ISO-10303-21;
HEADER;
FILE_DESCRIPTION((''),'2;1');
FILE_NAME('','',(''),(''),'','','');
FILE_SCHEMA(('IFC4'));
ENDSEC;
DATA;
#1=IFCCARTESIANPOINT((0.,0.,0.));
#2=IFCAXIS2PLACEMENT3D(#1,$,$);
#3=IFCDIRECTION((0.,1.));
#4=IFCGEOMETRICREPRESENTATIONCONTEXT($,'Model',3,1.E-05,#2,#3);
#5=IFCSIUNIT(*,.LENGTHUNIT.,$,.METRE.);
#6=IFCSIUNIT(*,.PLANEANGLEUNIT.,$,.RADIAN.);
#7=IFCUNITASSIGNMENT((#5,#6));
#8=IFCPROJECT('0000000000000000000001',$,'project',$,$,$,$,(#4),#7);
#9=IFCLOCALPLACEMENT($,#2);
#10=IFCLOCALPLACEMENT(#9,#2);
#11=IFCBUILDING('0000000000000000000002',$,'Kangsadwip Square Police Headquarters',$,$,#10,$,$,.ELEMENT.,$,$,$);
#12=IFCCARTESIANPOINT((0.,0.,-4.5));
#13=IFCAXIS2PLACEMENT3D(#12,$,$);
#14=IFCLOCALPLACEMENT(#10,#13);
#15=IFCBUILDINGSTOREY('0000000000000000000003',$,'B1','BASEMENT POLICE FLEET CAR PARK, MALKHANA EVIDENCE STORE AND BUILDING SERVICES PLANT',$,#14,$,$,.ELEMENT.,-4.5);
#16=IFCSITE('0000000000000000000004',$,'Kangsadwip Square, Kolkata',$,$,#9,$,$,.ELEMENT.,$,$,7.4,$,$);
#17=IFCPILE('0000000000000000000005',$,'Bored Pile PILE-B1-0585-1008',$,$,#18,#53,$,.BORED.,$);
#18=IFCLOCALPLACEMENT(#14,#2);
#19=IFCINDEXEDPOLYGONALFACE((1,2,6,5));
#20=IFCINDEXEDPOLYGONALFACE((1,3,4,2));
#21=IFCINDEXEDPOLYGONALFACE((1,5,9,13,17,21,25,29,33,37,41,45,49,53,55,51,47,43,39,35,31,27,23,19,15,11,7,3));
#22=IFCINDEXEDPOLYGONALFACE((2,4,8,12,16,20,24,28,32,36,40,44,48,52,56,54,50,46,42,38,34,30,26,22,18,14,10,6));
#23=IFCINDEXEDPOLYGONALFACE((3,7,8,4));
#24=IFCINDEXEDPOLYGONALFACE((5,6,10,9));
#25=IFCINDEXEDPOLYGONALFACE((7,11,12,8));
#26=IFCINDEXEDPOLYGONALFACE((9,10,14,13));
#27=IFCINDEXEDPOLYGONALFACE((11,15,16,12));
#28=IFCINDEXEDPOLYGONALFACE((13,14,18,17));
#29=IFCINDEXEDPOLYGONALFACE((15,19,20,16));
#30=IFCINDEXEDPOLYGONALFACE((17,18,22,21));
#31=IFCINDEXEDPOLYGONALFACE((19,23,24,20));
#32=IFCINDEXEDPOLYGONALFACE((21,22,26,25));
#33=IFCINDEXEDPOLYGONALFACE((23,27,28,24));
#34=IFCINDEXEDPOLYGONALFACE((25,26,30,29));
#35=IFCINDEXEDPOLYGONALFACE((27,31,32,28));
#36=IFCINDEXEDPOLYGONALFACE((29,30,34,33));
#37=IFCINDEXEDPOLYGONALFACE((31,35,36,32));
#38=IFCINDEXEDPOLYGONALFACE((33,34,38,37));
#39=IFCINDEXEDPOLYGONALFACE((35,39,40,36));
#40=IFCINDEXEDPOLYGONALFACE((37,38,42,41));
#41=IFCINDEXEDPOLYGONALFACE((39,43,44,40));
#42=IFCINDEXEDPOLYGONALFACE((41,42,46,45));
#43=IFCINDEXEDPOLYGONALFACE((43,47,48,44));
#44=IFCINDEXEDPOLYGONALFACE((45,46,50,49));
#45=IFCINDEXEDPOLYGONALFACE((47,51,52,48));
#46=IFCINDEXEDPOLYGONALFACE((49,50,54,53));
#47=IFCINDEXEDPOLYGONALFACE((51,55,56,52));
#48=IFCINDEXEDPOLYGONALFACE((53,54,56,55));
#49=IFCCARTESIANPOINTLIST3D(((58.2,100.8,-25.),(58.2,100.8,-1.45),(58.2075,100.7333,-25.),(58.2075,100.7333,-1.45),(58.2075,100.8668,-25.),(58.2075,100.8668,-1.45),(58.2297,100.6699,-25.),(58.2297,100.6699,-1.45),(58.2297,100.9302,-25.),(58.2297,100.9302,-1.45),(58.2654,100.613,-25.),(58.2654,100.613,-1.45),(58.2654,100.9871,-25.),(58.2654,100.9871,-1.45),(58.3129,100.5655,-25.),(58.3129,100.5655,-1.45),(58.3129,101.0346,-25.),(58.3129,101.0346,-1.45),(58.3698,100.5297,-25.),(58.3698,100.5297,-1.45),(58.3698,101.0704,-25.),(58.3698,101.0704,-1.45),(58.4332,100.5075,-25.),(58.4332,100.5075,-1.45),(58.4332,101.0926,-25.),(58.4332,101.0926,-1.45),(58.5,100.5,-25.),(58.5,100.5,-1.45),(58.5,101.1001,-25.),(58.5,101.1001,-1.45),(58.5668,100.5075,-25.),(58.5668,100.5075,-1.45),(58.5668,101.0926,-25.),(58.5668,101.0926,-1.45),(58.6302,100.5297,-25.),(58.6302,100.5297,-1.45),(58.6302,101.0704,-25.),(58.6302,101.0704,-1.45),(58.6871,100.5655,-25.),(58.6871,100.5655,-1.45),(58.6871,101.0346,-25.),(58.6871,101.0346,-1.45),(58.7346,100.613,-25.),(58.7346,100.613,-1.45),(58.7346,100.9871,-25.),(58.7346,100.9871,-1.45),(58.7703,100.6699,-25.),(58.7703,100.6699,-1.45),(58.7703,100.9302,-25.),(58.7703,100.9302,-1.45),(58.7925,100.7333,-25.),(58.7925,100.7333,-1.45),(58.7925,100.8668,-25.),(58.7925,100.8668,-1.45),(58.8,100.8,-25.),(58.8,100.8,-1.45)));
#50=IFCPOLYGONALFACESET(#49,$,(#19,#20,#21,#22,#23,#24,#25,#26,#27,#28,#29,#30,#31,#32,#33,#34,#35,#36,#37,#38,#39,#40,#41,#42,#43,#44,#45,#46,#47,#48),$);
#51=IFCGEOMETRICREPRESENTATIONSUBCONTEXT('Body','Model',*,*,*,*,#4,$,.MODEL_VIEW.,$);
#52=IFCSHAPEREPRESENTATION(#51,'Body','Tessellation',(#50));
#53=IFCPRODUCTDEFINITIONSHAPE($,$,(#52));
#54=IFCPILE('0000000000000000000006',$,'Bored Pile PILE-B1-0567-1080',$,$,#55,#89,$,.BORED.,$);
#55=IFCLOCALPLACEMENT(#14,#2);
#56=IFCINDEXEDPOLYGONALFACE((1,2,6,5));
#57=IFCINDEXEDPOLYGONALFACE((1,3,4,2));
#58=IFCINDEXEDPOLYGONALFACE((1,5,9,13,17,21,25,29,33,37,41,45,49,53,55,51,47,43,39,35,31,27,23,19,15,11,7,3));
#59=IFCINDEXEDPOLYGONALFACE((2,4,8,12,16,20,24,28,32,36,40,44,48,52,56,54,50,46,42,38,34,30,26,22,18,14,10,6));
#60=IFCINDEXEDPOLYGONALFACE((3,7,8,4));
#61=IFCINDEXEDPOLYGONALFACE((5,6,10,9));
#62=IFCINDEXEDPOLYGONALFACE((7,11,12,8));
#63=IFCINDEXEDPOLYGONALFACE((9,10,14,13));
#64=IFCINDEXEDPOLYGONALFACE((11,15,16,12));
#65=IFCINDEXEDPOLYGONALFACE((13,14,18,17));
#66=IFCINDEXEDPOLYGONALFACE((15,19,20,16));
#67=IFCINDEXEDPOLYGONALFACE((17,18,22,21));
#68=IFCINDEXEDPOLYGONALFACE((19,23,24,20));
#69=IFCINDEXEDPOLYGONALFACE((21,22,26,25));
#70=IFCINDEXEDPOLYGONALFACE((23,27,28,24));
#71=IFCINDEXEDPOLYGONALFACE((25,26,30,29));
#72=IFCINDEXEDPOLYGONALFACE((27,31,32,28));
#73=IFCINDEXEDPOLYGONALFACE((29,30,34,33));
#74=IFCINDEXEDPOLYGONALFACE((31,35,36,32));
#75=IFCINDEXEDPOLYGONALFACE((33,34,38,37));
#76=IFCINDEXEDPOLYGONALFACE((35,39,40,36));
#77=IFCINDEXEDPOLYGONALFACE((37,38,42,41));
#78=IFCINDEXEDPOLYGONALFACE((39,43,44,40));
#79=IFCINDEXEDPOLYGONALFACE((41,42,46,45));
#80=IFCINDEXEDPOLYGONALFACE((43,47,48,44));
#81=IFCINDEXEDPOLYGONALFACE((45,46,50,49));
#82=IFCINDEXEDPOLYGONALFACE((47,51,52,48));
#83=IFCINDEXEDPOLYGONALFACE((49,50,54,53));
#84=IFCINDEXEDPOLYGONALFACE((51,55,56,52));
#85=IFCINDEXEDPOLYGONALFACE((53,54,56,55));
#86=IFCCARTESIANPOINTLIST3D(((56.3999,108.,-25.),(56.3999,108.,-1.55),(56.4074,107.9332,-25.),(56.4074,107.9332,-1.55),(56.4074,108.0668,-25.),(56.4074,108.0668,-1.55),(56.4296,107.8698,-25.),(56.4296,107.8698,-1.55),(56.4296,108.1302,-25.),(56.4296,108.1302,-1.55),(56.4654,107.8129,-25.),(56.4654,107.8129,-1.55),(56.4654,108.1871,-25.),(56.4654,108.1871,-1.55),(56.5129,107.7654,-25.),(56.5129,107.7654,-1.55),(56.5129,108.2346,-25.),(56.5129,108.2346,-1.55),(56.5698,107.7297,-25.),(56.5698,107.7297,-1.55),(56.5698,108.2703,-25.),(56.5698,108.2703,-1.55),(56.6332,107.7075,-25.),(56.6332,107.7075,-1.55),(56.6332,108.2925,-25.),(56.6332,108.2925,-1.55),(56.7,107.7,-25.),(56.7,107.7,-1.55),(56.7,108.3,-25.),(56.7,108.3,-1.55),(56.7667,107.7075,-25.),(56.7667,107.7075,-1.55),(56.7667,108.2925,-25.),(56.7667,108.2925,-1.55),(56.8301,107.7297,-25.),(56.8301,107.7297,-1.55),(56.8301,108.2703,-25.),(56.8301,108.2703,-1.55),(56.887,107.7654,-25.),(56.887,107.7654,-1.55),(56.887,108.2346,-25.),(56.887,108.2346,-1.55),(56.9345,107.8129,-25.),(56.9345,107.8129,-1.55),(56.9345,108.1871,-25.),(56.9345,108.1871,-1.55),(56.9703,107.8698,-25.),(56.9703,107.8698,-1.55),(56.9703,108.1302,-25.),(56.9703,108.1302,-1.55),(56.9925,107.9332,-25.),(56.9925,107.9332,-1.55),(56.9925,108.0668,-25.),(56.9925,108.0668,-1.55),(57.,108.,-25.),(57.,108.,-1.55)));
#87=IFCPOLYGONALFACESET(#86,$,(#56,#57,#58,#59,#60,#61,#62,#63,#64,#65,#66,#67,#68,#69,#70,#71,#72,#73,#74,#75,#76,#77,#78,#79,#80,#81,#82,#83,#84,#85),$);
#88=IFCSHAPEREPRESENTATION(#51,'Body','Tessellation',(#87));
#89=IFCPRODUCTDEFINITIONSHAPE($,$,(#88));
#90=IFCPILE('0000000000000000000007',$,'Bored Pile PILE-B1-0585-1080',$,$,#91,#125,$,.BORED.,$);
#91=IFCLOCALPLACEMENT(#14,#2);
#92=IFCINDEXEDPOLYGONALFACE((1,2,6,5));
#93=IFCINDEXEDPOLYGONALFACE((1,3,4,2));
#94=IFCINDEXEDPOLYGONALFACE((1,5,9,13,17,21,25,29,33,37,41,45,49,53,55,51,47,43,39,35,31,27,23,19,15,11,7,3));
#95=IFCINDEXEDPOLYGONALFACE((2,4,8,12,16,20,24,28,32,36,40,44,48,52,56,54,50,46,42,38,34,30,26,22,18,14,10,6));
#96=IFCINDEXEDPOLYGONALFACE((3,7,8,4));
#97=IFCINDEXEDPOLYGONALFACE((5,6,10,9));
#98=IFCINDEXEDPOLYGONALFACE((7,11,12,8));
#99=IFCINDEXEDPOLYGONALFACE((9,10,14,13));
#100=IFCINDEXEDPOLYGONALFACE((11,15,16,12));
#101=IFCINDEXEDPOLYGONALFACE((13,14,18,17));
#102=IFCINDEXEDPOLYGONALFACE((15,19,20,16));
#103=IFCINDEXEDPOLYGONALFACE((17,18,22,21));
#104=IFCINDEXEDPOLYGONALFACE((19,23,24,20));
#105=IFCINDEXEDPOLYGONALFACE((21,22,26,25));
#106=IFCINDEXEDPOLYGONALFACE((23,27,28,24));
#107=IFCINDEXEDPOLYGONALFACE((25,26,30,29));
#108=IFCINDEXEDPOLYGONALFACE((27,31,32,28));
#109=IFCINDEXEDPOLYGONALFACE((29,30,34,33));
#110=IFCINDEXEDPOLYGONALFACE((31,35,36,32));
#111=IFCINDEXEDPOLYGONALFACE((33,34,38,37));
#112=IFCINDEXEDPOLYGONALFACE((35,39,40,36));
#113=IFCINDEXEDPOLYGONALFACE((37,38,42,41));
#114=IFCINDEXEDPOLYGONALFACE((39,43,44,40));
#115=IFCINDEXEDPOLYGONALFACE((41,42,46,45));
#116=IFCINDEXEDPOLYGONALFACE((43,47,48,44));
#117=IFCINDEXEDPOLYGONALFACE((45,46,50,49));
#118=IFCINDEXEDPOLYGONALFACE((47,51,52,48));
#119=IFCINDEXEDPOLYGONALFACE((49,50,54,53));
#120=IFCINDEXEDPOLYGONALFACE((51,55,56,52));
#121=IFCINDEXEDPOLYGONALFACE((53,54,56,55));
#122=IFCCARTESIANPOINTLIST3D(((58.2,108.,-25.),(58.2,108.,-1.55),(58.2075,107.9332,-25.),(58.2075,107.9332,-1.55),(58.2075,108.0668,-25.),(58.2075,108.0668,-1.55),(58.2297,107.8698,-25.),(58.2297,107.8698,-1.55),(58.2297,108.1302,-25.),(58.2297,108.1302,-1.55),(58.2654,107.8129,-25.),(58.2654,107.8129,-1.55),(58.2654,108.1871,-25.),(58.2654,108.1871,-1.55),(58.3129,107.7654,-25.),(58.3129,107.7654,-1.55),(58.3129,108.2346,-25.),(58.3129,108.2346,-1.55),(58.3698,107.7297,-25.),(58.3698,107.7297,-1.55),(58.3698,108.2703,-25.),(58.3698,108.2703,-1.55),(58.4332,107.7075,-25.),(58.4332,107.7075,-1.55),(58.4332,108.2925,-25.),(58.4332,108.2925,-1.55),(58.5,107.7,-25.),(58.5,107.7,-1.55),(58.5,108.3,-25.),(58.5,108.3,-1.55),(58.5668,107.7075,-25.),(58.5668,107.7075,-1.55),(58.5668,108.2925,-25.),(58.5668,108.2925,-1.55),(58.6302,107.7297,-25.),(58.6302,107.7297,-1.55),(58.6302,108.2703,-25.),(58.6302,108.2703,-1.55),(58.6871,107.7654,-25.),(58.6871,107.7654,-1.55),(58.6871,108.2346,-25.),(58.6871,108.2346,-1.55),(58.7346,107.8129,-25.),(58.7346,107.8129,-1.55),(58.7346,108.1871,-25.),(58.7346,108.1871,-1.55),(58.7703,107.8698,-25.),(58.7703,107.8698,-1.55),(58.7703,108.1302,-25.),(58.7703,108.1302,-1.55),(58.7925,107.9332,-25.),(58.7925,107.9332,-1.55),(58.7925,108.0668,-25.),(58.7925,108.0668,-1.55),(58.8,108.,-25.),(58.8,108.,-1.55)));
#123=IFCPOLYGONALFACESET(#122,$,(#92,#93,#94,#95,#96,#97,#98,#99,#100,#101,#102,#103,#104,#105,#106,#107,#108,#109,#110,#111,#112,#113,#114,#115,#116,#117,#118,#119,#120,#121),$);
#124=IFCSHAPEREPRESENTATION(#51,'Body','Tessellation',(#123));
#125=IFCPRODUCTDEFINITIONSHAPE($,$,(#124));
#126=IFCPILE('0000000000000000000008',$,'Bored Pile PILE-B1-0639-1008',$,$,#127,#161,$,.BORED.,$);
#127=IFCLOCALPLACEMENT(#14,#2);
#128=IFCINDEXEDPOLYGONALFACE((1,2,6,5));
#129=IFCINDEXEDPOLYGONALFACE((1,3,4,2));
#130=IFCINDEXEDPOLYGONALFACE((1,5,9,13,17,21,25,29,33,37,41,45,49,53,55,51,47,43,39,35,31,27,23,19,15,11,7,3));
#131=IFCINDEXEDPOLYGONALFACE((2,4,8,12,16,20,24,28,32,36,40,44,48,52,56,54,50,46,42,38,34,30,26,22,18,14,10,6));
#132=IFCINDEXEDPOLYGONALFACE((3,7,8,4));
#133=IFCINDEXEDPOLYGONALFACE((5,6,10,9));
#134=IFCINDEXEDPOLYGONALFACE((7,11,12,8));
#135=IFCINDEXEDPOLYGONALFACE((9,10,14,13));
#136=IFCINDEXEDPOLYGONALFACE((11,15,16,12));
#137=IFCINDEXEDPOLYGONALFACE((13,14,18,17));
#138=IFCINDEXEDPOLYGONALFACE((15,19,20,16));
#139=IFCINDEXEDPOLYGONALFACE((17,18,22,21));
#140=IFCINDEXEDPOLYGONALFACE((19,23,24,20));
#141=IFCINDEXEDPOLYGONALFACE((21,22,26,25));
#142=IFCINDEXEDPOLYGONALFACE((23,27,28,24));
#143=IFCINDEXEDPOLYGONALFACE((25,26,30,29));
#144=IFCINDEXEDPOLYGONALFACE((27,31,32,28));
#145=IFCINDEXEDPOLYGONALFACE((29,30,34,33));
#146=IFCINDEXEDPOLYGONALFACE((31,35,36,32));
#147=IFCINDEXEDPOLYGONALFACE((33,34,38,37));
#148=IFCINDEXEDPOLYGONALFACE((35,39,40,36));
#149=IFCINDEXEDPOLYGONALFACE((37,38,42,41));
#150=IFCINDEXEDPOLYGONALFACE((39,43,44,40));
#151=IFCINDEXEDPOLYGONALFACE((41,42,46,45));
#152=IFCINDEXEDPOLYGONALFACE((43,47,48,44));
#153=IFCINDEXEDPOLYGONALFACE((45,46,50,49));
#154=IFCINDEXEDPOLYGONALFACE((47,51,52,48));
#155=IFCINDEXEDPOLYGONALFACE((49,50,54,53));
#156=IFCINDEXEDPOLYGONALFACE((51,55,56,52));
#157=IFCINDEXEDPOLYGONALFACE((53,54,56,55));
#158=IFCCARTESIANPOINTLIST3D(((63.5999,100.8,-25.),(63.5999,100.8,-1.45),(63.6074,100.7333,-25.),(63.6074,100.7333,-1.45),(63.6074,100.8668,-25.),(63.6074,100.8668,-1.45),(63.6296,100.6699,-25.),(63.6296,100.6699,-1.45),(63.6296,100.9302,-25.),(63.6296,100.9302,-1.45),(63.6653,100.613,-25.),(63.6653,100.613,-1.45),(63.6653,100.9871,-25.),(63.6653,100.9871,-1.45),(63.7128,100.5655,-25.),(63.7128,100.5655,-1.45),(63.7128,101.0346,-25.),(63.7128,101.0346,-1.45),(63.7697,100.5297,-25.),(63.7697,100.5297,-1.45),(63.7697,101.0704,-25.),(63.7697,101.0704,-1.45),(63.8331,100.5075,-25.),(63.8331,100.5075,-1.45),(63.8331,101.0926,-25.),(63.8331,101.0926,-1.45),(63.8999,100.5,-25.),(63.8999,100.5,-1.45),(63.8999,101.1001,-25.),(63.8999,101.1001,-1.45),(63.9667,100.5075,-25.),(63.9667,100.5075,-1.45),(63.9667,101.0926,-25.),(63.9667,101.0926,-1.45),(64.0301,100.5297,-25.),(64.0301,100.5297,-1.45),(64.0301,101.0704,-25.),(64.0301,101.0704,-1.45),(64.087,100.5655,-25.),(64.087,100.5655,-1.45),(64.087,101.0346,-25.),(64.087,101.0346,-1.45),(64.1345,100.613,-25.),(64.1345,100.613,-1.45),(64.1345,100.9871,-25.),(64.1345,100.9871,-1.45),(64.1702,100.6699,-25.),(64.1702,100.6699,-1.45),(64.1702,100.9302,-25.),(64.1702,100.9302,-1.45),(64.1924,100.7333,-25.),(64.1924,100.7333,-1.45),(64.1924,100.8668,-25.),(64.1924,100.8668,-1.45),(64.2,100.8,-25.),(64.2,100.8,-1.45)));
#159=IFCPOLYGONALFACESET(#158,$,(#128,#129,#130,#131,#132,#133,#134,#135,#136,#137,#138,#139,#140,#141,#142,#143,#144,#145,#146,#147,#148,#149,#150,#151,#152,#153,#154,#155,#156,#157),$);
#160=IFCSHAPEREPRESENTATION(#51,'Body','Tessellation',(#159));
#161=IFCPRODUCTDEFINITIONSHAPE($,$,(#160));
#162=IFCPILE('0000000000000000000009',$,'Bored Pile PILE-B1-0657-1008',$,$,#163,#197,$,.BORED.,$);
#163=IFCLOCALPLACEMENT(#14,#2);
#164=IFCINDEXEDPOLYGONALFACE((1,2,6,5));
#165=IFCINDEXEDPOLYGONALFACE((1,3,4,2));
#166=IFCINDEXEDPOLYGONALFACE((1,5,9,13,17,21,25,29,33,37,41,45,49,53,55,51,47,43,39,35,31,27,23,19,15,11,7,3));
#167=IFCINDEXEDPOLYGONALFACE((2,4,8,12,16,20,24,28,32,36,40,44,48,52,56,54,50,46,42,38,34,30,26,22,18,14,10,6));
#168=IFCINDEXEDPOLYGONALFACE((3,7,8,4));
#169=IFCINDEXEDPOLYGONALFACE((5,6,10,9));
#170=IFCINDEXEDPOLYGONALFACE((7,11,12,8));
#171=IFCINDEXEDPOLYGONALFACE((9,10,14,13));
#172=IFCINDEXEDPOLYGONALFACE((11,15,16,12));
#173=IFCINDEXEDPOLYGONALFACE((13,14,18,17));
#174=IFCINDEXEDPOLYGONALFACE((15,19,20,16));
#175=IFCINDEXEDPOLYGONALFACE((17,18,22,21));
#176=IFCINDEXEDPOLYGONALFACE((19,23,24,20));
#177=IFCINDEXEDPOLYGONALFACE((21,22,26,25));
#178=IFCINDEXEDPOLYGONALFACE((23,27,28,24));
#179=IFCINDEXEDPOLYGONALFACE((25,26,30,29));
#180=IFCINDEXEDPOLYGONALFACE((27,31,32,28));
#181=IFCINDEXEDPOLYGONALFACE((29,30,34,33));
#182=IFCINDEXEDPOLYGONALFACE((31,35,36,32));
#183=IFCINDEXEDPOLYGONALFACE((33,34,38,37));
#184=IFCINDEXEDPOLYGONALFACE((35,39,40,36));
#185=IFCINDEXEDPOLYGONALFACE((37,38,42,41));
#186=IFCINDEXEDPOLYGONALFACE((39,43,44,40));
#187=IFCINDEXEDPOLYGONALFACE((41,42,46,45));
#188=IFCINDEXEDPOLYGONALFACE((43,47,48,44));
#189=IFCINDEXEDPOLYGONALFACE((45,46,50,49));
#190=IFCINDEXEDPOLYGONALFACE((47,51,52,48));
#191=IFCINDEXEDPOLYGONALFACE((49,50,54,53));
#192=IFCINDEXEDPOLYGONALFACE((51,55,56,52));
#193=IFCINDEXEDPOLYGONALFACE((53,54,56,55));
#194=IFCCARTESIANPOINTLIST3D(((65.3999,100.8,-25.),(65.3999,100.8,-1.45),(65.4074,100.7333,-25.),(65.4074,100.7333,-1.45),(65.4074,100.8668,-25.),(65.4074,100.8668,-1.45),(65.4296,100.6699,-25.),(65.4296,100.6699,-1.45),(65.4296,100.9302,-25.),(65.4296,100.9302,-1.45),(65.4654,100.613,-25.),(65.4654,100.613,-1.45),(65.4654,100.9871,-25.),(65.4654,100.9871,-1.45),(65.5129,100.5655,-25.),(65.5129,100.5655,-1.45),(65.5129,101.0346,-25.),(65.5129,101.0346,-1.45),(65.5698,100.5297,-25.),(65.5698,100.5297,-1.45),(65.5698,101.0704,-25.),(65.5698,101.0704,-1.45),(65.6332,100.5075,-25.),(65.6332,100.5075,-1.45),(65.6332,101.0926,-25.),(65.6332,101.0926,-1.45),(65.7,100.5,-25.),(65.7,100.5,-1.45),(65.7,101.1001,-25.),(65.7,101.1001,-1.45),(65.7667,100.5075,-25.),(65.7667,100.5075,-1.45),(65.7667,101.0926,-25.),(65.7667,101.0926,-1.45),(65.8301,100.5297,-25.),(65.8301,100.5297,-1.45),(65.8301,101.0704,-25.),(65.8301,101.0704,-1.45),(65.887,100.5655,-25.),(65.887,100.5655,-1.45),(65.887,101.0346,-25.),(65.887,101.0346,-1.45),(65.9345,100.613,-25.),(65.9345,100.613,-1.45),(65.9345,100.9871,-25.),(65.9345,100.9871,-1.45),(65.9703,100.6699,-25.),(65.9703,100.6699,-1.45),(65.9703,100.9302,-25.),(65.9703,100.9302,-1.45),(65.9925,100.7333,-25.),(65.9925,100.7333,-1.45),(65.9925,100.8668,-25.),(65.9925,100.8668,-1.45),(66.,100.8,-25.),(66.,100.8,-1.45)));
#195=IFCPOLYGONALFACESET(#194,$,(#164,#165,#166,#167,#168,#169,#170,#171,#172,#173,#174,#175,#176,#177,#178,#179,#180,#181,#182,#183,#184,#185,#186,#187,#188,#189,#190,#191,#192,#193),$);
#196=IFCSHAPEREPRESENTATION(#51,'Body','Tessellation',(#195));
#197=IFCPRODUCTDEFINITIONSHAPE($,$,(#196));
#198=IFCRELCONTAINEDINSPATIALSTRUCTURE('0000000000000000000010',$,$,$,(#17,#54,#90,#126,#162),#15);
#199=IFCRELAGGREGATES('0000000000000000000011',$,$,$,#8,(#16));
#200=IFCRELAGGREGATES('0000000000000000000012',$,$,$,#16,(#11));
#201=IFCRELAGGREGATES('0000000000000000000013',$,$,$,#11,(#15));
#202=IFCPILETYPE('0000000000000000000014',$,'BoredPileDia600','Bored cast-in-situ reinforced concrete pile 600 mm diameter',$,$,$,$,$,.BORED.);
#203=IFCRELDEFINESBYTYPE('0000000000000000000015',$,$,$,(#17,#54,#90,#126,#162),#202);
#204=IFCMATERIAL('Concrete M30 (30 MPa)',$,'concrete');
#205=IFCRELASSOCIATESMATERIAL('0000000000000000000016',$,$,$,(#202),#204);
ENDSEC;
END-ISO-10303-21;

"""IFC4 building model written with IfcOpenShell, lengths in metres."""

from ifc_helpers import new_model, si_unit, direction, frame, origin, origin_2d, place, context, subcontext, project, spatial, circle, extrude, material, material_profile, profile_set, type_object, element, save


model = new_model("IFC4")

# Units and contexts
model_context = context("Model", 3, precision=1e-05, world=origin(), true_north=direction((0.0, 1.0)))
body_context = subcontext(model_context, "Body", "Model", "MODEL_VIEW")
ifc_project = project(units=[si_unit("LENGTHUNIT", "METRE"), si_unit("PLANEANGLEUNIT", "RADIAN")], contexts=[model_context])

# Site, building, storey
site_placement = place(None, origin())
site = spatial("IfcSite", under=ifc_project, at=site_placement, Name="Kangsadwip Square, Kolkata", CompositionType="ELEMENT", RefElevation=7.4)
building_placement = place(site_placement, origin())
building = spatial("IfcBuilding", under=site, at=building_placement, Name="Kangsadwip Square Police Headquarters", CompositionType="ELEMENT")
storey_placement = place(building_placement, frame((0.0, 0.0, -4.5)))
storey = spatial("IfcBuildingStorey", under=building, at=storey_placement, Name="B1", Description="BASEMENT POLICE FLEET CAR PARK, MALKHANA EVIDENCE STORE AND BUILDING SERVICES PLANT", CompositionType="ELEMENT", Elevation=-4.5)

# Piles
ifc_material_1 = material(Name="Concrete M30 (30 MPa)", Category="concrete")
ifc_material_profile_1 = material_profile(ifc_material_1, circle(Radius=0.3, at=origin_2d()), Name="PILE DIA 600")
ifc_profile_set_1 = profile_set([ifc_material_profile_1], Name="Concrete M30 (30 MPa)")
pile_type = type_object("IfcPileType", Name="BoredPileDia600", Description="Bored cast-in-situ reinforced concrete pile 600 mm diameter", PredefinedType="BORED", material=ifc_profile_set_1)
for number, where, z_axis, x_axis, name in (
    (1, (58.5, 100.8, -1.45), (0.0, 0.0, -1.0), (1.0, 0.0, 0.0), "Bored Pile PILE-B1-0585-1008"),
):
    element("IfcPile", number, at=place(storey_placement, frame(where, z_axis=z_axis, x_axis=x_axis)), inside=storey, type_object=pile_type, Name=name, PredefinedType="BORED", context=body_context, shape_type="SweptSolid", body=[
        extrude(circle(Radius=0.3, at=origin_2d()), origin(), (0.0, 0.0, 1.0), 23.55),
    ])
for number, where, z_axis, x_axis, name in (
    (2, (56.7, 108.0, -1.55), (0.0, 0.0, -1.0), (1.0, 0.0, 0.0), "Bored Pile PILE-B1-0567-1080"),
    (3, (58.5, 108.0, -1.55), (0.0, 0.0, -1.0), (1.0, 0.0, 0.0), "Bored Pile PILE-B1-0585-1080"),
):
    element("IfcPile", number, at=place(storey_placement, frame(where, z_axis=z_axis, x_axis=x_axis)), inside=storey, type_object=pile_type, Name=name, PredefinedType="BORED", context=body_context, shape_type="SweptSolid", body=[
        extrude(circle(Radius=0.3, at=origin_2d()), origin(), (0.0, 0.0, 1.0), 23.45),
    ])
for number, where, z_axis, x_axis, name in (
    (4, (63.8999, 100.8, -1.45), (0.0, 0.0, -1.0), (1.0, 0.0, 0.0), "Bored Pile PILE-B1-0639-1008"),
    (5, (65.7, 100.8, -1.45), (0.0, 0.0, -1.0), (1.0, 0.0, 0.0), "Bored Pile PILE-B1-0657-1008"),
):
    element("IfcPile", number, at=place(storey_placement, frame(where, z_axis=z_axis, x_axis=x_axis)), inside=storey, type_object=pile_type, Name=name, PredefinedType="BORED", context=body_context, shape_type="SweptSolid", body=[
        extrude(circle(Radius=0.3, at=origin_2d()), origin(), (0.0, 0.0, 1.0), 23.55),
    ])

save(model, "model.ifc")
